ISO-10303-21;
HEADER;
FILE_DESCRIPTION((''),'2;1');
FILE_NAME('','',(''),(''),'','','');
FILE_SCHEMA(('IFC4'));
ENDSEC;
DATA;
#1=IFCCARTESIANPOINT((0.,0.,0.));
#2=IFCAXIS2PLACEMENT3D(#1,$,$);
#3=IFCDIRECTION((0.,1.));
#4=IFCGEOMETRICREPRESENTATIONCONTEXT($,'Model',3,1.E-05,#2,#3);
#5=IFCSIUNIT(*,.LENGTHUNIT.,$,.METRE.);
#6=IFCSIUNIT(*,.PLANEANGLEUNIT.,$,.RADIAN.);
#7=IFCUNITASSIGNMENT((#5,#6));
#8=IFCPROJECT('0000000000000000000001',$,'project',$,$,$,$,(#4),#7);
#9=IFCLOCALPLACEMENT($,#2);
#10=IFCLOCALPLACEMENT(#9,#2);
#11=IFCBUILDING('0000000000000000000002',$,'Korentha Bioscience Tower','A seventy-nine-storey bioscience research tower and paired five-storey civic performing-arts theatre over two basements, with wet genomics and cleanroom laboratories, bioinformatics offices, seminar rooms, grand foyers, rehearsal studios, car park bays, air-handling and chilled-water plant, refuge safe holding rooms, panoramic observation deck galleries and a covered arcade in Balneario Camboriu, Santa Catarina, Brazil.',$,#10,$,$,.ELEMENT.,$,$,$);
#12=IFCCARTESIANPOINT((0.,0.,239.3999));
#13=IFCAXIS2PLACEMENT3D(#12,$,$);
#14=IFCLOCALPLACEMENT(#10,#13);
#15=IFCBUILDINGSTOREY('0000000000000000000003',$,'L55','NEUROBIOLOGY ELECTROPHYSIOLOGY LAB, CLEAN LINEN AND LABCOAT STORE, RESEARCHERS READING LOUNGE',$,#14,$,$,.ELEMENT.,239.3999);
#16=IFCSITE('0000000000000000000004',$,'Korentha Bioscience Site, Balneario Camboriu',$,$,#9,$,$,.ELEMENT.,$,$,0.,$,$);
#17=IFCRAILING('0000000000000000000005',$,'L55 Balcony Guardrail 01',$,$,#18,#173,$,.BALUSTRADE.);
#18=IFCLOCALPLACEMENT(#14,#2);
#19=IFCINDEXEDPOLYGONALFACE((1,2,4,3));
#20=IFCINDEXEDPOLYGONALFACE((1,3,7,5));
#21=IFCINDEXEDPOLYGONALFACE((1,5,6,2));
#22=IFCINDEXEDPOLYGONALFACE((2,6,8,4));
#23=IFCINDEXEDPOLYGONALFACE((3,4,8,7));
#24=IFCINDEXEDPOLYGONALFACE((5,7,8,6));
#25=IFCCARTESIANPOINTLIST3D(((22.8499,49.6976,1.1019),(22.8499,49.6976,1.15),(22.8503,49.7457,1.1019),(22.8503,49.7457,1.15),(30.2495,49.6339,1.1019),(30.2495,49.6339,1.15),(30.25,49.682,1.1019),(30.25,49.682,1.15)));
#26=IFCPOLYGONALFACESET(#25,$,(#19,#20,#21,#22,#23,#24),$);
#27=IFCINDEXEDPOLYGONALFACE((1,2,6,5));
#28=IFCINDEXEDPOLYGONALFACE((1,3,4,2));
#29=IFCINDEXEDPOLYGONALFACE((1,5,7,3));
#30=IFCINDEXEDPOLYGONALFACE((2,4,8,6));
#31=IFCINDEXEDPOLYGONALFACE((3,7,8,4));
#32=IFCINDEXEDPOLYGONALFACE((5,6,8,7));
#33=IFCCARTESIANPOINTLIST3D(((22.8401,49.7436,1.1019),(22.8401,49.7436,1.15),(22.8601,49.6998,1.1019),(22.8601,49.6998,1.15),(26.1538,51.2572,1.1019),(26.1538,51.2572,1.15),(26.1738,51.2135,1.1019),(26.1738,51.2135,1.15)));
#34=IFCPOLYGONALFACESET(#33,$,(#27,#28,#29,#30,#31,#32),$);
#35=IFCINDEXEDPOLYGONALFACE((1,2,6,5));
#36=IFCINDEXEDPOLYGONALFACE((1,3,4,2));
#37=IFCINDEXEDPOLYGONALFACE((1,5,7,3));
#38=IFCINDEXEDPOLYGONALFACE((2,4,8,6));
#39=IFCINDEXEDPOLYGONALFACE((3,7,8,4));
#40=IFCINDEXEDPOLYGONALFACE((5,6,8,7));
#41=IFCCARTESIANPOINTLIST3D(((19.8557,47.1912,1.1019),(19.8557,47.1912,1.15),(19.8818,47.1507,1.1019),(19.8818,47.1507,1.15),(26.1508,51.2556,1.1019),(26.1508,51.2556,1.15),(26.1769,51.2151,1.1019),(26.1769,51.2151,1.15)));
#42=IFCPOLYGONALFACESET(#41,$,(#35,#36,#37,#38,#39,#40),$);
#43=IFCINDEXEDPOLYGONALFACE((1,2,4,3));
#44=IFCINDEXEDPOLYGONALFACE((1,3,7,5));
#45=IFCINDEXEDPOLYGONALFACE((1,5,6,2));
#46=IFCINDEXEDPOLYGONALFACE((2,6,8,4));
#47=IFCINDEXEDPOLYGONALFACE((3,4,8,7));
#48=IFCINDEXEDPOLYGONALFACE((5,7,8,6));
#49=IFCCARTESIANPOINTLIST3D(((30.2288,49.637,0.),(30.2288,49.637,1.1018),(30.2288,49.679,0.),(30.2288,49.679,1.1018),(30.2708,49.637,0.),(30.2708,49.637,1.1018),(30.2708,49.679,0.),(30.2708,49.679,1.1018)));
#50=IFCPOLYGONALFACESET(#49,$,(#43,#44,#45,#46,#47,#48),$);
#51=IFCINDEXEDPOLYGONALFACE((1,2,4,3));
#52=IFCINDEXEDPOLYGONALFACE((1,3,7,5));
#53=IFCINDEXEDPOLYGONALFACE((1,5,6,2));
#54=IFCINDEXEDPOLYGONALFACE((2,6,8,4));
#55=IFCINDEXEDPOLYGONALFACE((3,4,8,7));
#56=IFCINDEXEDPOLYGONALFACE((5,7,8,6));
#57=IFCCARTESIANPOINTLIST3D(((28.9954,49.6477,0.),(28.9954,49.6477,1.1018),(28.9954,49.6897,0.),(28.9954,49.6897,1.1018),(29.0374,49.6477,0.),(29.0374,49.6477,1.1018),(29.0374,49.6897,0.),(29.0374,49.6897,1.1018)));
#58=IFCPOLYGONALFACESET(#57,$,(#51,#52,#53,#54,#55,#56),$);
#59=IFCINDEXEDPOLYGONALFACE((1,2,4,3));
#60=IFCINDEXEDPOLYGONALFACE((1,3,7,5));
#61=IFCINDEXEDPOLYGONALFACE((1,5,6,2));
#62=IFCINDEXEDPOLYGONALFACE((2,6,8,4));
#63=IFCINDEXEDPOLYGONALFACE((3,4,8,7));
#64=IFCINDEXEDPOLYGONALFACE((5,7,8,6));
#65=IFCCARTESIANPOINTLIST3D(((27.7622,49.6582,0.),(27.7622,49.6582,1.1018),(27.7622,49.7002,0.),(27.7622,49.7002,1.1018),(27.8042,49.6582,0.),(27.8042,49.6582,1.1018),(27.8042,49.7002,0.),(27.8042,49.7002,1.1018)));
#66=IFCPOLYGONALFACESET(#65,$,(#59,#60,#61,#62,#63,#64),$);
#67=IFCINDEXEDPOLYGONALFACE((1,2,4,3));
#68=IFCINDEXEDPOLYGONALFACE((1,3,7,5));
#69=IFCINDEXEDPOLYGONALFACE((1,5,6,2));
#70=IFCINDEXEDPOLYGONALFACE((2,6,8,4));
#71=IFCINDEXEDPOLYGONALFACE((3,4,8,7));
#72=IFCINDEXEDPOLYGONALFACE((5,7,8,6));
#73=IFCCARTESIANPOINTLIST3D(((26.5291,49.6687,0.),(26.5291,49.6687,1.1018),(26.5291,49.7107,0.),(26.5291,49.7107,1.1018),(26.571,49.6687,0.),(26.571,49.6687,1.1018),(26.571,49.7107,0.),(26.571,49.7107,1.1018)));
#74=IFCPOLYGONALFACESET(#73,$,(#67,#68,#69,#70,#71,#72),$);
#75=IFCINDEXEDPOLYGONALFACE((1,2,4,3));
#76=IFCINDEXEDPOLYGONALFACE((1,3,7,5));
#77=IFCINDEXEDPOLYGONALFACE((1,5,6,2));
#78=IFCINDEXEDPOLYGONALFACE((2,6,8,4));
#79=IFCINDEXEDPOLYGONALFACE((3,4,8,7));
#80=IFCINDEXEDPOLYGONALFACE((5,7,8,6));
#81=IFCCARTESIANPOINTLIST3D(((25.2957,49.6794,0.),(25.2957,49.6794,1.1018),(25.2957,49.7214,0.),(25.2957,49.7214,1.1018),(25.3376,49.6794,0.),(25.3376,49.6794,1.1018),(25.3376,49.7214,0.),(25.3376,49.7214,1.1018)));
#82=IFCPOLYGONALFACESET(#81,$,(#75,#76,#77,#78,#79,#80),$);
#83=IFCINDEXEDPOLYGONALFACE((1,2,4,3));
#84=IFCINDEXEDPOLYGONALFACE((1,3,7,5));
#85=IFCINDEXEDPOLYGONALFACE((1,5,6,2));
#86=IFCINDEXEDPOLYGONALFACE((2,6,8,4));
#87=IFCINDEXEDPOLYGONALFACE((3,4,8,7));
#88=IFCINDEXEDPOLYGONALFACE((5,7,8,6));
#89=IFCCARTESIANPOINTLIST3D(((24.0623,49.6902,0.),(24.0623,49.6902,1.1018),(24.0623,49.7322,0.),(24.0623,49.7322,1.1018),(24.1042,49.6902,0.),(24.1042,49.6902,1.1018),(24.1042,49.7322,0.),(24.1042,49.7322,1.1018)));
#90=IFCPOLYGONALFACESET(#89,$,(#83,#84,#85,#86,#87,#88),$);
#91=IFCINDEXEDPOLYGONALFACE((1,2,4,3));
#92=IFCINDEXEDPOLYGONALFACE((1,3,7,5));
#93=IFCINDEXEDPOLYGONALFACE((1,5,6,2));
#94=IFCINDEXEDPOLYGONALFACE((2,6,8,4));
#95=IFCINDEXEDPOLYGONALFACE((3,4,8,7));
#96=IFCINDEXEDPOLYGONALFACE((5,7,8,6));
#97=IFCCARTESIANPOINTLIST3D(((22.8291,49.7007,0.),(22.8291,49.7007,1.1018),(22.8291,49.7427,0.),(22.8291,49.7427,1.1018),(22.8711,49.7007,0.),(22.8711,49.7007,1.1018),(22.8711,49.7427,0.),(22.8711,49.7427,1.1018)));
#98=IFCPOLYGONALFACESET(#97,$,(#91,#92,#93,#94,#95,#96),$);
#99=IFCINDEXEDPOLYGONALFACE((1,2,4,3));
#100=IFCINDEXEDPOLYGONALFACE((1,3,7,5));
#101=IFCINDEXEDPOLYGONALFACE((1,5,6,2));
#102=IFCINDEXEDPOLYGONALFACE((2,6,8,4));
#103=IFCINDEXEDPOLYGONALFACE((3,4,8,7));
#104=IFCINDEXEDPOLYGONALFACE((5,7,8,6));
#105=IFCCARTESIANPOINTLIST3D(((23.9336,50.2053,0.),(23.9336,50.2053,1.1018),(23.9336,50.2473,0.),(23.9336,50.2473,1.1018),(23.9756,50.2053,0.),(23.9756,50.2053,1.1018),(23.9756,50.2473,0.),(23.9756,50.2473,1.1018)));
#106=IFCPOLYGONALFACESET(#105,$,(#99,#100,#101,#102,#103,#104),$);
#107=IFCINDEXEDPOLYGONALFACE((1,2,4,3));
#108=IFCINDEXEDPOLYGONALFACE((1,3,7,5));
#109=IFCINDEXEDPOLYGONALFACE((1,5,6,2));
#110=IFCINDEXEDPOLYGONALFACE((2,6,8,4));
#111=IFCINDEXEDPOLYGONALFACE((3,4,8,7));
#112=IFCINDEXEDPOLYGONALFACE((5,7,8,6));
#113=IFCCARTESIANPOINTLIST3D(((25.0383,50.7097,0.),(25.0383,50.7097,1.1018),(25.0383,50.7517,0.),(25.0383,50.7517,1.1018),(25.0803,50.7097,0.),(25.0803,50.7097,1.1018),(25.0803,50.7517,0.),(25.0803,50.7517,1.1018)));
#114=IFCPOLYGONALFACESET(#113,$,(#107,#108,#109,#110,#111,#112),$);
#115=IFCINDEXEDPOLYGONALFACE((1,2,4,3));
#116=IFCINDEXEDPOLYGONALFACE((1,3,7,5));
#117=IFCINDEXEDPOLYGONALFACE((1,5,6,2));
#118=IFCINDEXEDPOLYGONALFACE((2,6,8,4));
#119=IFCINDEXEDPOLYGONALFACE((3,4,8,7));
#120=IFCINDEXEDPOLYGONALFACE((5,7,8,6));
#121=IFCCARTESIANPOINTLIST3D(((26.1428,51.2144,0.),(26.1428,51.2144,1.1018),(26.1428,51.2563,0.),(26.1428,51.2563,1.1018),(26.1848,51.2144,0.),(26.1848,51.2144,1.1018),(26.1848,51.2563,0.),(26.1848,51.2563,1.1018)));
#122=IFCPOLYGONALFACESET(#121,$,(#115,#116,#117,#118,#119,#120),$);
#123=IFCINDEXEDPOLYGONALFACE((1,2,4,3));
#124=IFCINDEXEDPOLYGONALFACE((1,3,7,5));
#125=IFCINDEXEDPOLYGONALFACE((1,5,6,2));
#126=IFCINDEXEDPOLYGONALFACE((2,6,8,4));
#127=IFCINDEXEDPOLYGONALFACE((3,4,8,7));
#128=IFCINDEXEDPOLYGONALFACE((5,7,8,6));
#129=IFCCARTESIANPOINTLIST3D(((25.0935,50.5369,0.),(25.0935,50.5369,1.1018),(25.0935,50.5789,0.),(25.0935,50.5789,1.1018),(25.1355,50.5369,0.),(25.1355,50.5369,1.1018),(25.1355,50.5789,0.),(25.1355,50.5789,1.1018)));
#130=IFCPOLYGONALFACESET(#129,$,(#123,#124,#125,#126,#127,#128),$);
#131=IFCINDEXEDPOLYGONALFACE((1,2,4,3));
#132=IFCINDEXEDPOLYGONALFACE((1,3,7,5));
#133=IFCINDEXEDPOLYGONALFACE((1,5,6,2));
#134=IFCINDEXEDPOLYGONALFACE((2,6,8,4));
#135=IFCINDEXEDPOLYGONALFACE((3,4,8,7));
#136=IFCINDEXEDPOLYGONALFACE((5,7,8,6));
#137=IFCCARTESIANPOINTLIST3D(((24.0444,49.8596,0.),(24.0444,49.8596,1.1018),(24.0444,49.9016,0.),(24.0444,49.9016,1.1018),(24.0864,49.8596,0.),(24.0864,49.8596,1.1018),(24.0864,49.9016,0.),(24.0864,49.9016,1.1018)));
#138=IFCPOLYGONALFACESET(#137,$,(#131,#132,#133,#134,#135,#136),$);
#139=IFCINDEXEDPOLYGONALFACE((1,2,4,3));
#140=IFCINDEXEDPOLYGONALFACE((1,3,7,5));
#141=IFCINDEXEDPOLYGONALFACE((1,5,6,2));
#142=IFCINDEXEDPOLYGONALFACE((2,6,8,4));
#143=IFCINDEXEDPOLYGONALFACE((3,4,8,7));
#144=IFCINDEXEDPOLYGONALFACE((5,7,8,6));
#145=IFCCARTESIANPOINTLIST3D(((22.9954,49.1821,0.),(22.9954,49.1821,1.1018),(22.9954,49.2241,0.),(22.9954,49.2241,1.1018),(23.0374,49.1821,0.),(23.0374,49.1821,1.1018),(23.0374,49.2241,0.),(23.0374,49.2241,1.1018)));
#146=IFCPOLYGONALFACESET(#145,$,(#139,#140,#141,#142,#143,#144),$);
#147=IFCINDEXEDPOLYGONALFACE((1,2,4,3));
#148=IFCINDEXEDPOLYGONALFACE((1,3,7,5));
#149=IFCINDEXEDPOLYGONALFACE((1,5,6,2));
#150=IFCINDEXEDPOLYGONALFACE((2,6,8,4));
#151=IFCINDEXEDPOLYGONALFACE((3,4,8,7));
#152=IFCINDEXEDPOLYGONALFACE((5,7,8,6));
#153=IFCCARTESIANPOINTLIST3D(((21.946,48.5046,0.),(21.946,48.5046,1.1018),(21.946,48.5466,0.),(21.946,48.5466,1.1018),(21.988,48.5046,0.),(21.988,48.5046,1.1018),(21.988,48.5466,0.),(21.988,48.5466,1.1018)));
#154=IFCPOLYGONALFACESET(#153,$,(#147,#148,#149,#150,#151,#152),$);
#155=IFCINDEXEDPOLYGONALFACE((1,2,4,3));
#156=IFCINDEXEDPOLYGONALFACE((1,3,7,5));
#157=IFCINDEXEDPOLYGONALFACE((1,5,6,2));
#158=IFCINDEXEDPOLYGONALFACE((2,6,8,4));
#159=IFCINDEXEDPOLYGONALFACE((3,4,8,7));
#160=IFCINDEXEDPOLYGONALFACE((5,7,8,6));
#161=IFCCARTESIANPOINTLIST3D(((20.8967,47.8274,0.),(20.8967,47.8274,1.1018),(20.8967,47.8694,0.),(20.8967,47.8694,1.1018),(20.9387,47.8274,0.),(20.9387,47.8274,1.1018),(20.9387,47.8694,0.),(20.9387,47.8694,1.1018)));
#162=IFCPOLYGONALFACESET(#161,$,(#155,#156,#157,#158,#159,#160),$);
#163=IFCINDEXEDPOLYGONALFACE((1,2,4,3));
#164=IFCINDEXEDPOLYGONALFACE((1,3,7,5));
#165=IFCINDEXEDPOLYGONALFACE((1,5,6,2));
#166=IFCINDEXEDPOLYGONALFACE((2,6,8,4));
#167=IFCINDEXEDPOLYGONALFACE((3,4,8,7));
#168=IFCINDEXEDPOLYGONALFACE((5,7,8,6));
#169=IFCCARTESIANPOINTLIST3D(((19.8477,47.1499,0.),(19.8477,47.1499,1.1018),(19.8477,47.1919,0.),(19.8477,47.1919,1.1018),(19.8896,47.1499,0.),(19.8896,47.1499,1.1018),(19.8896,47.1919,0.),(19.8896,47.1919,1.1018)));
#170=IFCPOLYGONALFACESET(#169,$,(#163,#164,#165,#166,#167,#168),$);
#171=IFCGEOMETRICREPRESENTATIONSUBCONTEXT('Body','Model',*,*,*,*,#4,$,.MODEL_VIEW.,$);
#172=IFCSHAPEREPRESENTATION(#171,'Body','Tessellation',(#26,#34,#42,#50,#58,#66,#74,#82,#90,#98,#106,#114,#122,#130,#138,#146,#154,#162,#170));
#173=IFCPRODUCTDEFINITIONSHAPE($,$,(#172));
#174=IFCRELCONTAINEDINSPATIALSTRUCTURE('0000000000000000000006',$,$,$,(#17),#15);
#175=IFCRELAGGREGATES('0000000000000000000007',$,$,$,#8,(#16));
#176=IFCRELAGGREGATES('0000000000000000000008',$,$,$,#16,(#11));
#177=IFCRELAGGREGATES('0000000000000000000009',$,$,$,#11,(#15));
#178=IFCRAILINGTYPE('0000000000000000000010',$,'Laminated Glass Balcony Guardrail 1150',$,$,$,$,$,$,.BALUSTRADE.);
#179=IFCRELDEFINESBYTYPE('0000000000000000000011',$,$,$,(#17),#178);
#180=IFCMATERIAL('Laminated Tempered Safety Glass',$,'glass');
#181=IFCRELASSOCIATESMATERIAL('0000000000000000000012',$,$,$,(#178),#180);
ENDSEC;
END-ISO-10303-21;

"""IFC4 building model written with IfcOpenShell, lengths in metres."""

from ifc_helpers import new_model, si_unit, direction, frame, origin, origin_2d, place, context, subcontext, project, spatial, rectangle, extrude, material, type_object, element, save


model = new_model("IFC4")

# Units and contexts
model_context = context("Model", 3, precision=1e-05, world=origin(), true_north=direction((0.0, 1.0)))
body_context = subcontext(model_context, "Body", "Model", "MODEL_VIEW")
ifc_project = project(units=[si_unit("LENGTHUNIT", "METRE"), si_unit("PLANEANGLEUNIT", "RADIAN")], contexts=[model_context])

# Site, building, storey
site_placement = place(None, origin())
site = spatial("IfcSite", under=ifc_project, at=site_placement, Name="Korentha Bioscience Site, Balneario Camboriu", CompositionType="ELEMENT", RefElevation=0.0)
building_placement = place(site_placement, origin())
building = spatial("IfcBuilding", under=site, at=building_placement, Name="Korentha Bioscience Tower", Description="A seventy-nine-storey bioscience research tower and paired five-storey civic performing-arts theatre over two basements, with wet genomics and cleanroom laboratories, bioinformatics offices, seminar rooms, grand foyers, rehearsal studios, car park bays, air-handling and chilled-water plant, refuge safe holding rooms, panoramic observation deck galleries and a covered arcade in Balneario Camboriu, Santa Catarina, Brazil.", CompositionType="ELEMENT")
storey_placement = place(building_placement, frame((0.0, 0.0, 239.3999)))
storey = spatial("IfcBuildingStorey", under=building, at=storey_placement, Name="L55", Description="NEUROBIOLOGY ELECTROPHYSIOLOGY LAB, CLEAN LINEN AND LABCOAT STORE, RESEARCHERS READING LOUNGE", CompositionType="ELEMENT", Elevation=239.3999)

# Railing
ifc_material_1 = material(Name="Laminated Tempered Safety Glass", Category="glass")
railing_type = type_object("IfcRailingType", Name="Laminated Glass Balcony Guardrail 1150", PredefinedType="BALUSTRADE", material=ifc_material_1)
railing_placement = place(storey_placement, frame((30.2498, 49.658, 0.0)))
element("IfcRailing", 1, at=railing_placement, inside=storey, type_object=railing_type, Name="L55 Balcony Guardrail 01", PredefinedType="BALUSTRADE", context=body_context, shape_type="SweptSolid", body=[
    extrude(rectangle(XDim=0.0481, YDim=0.0481, at=origin_2d()), frame((0.0, 0.0, 1.126), z_axis=(-0.999963, 0.008611, 0.0), x_axis=(-0.008611, -0.999963, 0.0)), (0.0, 0.0, 1.0), 7.3999),
    extrude(rectangle(XDim=0.0481, YDim=0.0481, at=origin_2d()), frame((-7.3997, 0.0637, 1.126), z_axis=(0.909596, 0.415494, 0.0), x_axis=(-0.415494, 0.909596, 0.0)), (0.0, 0.0, 1.0), 3.6431),
    extrude(rectangle(XDim=0.0481, YDim=0.0481, at=origin_2d()), frame((-4.0859, 1.5774, 1.126), z_axis=(-0.840111, -0.542415, 0.0), x_axis=(0.542415, -0.840111, 0.0)), (0.0, 0.0, 1.0), 7.4932),
    extrude(rectangle(XDim=0.042, YDim=0.042, at=origin_2d()), origin(), (0.0, 0.0, 1.0), 1.1018),
    extrude(rectangle(XDim=0.042, YDim=0.042, at=origin_2d()), frame((-1.2334, 0.0107, 0.0)), (0.0, 0.0, 1.0), 1.1018),
    extrude(rectangle(XDim=0.042, YDim=0.042, at=origin_2d()), frame((-2.4666, 0.0212, 0.0)), (0.0, 0.0, 1.0), 1.1018),
    extrude(rectangle(XDim=0.042, YDim=0.042, at=origin_2d()), frame((-3.6997, 0.0317, 0.0)), (0.0, 0.0, 1.0), 1.1018),
    extrude(rectangle(XDim=0.042, YDim=0.042, at=origin_2d()), frame((-4.9331, 0.0425, 0.0)), (0.0, 0.0, 1.0), 1.1018),
    extrude(rectangle(XDim=0.042, YDim=0.042, at=origin_2d()), frame((-6.1665, 0.0532, 0.0)), (0.0, 0.0, 1.0), 1.1018),
    extrude(rectangle(XDim=0.042, YDim=0.042, at=origin_2d()), frame((-7.3997, 0.0637, 0.0)), (0.0, 0.0, 1.0), 1.1018),
    extrude(rectangle(XDim=0.042, YDim=0.042, at=origin_2d()), frame((-6.2952, 0.5684, 0.0)), (0.0, 0.0, 1.0), 1.1018),
    extrude(rectangle(XDim=0.042, YDim=0.042, at=origin_2d()), frame((-5.1904, 1.0728, 0.0)), (0.0, 0.0, 1.0), 1.1018),
    extrude(rectangle(XDim=0.042, YDim=0.042, at=origin_2d()), frame((-4.0859, 1.5774, 0.0)), (0.0, 0.0, 1.0), 1.1018),
    extrude(rectangle(XDim=0.042, YDim=0.042, at=origin_2d()), frame((-5.1353, 0.8999, 0.0)), (0.0, 0.0, 1.0), 1.1018),
    extrude(rectangle(XDim=0.042, YDim=0.042, at=origin_2d()), frame((-6.1843, 0.2227, 0.0)), (0.0, 0.0, 1.0), 1.1018),
    extrude(rectangle(XDim=0.042, YDim=0.042, at=origin_2d()), frame((-7.2334, -0.4548, 0.0)), (0.0, 0.0, 1.0), 1.1018),
    extrude(rectangle(XDim=0.042, YDim=0.042, at=origin_2d()), frame((-8.2827, -1.1323, 0.0)), (0.0, 0.0, 1.0), 1.1018),
    extrude(rectangle(XDim=0.042, YDim=0.042, at=origin_2d()), frame((-9.332, -1.8096, 0.0)), (0.0, 0.0, 1.0), 1.1018),
    extrude(rectangle(XDim=0.042, YDim=0.042, at=origin_2d()), frame((-10.3811, -2.4871, 0.0)), (0.0, 0.0, 1.0), 1.1018),
])

save(model, "model.ifc")
